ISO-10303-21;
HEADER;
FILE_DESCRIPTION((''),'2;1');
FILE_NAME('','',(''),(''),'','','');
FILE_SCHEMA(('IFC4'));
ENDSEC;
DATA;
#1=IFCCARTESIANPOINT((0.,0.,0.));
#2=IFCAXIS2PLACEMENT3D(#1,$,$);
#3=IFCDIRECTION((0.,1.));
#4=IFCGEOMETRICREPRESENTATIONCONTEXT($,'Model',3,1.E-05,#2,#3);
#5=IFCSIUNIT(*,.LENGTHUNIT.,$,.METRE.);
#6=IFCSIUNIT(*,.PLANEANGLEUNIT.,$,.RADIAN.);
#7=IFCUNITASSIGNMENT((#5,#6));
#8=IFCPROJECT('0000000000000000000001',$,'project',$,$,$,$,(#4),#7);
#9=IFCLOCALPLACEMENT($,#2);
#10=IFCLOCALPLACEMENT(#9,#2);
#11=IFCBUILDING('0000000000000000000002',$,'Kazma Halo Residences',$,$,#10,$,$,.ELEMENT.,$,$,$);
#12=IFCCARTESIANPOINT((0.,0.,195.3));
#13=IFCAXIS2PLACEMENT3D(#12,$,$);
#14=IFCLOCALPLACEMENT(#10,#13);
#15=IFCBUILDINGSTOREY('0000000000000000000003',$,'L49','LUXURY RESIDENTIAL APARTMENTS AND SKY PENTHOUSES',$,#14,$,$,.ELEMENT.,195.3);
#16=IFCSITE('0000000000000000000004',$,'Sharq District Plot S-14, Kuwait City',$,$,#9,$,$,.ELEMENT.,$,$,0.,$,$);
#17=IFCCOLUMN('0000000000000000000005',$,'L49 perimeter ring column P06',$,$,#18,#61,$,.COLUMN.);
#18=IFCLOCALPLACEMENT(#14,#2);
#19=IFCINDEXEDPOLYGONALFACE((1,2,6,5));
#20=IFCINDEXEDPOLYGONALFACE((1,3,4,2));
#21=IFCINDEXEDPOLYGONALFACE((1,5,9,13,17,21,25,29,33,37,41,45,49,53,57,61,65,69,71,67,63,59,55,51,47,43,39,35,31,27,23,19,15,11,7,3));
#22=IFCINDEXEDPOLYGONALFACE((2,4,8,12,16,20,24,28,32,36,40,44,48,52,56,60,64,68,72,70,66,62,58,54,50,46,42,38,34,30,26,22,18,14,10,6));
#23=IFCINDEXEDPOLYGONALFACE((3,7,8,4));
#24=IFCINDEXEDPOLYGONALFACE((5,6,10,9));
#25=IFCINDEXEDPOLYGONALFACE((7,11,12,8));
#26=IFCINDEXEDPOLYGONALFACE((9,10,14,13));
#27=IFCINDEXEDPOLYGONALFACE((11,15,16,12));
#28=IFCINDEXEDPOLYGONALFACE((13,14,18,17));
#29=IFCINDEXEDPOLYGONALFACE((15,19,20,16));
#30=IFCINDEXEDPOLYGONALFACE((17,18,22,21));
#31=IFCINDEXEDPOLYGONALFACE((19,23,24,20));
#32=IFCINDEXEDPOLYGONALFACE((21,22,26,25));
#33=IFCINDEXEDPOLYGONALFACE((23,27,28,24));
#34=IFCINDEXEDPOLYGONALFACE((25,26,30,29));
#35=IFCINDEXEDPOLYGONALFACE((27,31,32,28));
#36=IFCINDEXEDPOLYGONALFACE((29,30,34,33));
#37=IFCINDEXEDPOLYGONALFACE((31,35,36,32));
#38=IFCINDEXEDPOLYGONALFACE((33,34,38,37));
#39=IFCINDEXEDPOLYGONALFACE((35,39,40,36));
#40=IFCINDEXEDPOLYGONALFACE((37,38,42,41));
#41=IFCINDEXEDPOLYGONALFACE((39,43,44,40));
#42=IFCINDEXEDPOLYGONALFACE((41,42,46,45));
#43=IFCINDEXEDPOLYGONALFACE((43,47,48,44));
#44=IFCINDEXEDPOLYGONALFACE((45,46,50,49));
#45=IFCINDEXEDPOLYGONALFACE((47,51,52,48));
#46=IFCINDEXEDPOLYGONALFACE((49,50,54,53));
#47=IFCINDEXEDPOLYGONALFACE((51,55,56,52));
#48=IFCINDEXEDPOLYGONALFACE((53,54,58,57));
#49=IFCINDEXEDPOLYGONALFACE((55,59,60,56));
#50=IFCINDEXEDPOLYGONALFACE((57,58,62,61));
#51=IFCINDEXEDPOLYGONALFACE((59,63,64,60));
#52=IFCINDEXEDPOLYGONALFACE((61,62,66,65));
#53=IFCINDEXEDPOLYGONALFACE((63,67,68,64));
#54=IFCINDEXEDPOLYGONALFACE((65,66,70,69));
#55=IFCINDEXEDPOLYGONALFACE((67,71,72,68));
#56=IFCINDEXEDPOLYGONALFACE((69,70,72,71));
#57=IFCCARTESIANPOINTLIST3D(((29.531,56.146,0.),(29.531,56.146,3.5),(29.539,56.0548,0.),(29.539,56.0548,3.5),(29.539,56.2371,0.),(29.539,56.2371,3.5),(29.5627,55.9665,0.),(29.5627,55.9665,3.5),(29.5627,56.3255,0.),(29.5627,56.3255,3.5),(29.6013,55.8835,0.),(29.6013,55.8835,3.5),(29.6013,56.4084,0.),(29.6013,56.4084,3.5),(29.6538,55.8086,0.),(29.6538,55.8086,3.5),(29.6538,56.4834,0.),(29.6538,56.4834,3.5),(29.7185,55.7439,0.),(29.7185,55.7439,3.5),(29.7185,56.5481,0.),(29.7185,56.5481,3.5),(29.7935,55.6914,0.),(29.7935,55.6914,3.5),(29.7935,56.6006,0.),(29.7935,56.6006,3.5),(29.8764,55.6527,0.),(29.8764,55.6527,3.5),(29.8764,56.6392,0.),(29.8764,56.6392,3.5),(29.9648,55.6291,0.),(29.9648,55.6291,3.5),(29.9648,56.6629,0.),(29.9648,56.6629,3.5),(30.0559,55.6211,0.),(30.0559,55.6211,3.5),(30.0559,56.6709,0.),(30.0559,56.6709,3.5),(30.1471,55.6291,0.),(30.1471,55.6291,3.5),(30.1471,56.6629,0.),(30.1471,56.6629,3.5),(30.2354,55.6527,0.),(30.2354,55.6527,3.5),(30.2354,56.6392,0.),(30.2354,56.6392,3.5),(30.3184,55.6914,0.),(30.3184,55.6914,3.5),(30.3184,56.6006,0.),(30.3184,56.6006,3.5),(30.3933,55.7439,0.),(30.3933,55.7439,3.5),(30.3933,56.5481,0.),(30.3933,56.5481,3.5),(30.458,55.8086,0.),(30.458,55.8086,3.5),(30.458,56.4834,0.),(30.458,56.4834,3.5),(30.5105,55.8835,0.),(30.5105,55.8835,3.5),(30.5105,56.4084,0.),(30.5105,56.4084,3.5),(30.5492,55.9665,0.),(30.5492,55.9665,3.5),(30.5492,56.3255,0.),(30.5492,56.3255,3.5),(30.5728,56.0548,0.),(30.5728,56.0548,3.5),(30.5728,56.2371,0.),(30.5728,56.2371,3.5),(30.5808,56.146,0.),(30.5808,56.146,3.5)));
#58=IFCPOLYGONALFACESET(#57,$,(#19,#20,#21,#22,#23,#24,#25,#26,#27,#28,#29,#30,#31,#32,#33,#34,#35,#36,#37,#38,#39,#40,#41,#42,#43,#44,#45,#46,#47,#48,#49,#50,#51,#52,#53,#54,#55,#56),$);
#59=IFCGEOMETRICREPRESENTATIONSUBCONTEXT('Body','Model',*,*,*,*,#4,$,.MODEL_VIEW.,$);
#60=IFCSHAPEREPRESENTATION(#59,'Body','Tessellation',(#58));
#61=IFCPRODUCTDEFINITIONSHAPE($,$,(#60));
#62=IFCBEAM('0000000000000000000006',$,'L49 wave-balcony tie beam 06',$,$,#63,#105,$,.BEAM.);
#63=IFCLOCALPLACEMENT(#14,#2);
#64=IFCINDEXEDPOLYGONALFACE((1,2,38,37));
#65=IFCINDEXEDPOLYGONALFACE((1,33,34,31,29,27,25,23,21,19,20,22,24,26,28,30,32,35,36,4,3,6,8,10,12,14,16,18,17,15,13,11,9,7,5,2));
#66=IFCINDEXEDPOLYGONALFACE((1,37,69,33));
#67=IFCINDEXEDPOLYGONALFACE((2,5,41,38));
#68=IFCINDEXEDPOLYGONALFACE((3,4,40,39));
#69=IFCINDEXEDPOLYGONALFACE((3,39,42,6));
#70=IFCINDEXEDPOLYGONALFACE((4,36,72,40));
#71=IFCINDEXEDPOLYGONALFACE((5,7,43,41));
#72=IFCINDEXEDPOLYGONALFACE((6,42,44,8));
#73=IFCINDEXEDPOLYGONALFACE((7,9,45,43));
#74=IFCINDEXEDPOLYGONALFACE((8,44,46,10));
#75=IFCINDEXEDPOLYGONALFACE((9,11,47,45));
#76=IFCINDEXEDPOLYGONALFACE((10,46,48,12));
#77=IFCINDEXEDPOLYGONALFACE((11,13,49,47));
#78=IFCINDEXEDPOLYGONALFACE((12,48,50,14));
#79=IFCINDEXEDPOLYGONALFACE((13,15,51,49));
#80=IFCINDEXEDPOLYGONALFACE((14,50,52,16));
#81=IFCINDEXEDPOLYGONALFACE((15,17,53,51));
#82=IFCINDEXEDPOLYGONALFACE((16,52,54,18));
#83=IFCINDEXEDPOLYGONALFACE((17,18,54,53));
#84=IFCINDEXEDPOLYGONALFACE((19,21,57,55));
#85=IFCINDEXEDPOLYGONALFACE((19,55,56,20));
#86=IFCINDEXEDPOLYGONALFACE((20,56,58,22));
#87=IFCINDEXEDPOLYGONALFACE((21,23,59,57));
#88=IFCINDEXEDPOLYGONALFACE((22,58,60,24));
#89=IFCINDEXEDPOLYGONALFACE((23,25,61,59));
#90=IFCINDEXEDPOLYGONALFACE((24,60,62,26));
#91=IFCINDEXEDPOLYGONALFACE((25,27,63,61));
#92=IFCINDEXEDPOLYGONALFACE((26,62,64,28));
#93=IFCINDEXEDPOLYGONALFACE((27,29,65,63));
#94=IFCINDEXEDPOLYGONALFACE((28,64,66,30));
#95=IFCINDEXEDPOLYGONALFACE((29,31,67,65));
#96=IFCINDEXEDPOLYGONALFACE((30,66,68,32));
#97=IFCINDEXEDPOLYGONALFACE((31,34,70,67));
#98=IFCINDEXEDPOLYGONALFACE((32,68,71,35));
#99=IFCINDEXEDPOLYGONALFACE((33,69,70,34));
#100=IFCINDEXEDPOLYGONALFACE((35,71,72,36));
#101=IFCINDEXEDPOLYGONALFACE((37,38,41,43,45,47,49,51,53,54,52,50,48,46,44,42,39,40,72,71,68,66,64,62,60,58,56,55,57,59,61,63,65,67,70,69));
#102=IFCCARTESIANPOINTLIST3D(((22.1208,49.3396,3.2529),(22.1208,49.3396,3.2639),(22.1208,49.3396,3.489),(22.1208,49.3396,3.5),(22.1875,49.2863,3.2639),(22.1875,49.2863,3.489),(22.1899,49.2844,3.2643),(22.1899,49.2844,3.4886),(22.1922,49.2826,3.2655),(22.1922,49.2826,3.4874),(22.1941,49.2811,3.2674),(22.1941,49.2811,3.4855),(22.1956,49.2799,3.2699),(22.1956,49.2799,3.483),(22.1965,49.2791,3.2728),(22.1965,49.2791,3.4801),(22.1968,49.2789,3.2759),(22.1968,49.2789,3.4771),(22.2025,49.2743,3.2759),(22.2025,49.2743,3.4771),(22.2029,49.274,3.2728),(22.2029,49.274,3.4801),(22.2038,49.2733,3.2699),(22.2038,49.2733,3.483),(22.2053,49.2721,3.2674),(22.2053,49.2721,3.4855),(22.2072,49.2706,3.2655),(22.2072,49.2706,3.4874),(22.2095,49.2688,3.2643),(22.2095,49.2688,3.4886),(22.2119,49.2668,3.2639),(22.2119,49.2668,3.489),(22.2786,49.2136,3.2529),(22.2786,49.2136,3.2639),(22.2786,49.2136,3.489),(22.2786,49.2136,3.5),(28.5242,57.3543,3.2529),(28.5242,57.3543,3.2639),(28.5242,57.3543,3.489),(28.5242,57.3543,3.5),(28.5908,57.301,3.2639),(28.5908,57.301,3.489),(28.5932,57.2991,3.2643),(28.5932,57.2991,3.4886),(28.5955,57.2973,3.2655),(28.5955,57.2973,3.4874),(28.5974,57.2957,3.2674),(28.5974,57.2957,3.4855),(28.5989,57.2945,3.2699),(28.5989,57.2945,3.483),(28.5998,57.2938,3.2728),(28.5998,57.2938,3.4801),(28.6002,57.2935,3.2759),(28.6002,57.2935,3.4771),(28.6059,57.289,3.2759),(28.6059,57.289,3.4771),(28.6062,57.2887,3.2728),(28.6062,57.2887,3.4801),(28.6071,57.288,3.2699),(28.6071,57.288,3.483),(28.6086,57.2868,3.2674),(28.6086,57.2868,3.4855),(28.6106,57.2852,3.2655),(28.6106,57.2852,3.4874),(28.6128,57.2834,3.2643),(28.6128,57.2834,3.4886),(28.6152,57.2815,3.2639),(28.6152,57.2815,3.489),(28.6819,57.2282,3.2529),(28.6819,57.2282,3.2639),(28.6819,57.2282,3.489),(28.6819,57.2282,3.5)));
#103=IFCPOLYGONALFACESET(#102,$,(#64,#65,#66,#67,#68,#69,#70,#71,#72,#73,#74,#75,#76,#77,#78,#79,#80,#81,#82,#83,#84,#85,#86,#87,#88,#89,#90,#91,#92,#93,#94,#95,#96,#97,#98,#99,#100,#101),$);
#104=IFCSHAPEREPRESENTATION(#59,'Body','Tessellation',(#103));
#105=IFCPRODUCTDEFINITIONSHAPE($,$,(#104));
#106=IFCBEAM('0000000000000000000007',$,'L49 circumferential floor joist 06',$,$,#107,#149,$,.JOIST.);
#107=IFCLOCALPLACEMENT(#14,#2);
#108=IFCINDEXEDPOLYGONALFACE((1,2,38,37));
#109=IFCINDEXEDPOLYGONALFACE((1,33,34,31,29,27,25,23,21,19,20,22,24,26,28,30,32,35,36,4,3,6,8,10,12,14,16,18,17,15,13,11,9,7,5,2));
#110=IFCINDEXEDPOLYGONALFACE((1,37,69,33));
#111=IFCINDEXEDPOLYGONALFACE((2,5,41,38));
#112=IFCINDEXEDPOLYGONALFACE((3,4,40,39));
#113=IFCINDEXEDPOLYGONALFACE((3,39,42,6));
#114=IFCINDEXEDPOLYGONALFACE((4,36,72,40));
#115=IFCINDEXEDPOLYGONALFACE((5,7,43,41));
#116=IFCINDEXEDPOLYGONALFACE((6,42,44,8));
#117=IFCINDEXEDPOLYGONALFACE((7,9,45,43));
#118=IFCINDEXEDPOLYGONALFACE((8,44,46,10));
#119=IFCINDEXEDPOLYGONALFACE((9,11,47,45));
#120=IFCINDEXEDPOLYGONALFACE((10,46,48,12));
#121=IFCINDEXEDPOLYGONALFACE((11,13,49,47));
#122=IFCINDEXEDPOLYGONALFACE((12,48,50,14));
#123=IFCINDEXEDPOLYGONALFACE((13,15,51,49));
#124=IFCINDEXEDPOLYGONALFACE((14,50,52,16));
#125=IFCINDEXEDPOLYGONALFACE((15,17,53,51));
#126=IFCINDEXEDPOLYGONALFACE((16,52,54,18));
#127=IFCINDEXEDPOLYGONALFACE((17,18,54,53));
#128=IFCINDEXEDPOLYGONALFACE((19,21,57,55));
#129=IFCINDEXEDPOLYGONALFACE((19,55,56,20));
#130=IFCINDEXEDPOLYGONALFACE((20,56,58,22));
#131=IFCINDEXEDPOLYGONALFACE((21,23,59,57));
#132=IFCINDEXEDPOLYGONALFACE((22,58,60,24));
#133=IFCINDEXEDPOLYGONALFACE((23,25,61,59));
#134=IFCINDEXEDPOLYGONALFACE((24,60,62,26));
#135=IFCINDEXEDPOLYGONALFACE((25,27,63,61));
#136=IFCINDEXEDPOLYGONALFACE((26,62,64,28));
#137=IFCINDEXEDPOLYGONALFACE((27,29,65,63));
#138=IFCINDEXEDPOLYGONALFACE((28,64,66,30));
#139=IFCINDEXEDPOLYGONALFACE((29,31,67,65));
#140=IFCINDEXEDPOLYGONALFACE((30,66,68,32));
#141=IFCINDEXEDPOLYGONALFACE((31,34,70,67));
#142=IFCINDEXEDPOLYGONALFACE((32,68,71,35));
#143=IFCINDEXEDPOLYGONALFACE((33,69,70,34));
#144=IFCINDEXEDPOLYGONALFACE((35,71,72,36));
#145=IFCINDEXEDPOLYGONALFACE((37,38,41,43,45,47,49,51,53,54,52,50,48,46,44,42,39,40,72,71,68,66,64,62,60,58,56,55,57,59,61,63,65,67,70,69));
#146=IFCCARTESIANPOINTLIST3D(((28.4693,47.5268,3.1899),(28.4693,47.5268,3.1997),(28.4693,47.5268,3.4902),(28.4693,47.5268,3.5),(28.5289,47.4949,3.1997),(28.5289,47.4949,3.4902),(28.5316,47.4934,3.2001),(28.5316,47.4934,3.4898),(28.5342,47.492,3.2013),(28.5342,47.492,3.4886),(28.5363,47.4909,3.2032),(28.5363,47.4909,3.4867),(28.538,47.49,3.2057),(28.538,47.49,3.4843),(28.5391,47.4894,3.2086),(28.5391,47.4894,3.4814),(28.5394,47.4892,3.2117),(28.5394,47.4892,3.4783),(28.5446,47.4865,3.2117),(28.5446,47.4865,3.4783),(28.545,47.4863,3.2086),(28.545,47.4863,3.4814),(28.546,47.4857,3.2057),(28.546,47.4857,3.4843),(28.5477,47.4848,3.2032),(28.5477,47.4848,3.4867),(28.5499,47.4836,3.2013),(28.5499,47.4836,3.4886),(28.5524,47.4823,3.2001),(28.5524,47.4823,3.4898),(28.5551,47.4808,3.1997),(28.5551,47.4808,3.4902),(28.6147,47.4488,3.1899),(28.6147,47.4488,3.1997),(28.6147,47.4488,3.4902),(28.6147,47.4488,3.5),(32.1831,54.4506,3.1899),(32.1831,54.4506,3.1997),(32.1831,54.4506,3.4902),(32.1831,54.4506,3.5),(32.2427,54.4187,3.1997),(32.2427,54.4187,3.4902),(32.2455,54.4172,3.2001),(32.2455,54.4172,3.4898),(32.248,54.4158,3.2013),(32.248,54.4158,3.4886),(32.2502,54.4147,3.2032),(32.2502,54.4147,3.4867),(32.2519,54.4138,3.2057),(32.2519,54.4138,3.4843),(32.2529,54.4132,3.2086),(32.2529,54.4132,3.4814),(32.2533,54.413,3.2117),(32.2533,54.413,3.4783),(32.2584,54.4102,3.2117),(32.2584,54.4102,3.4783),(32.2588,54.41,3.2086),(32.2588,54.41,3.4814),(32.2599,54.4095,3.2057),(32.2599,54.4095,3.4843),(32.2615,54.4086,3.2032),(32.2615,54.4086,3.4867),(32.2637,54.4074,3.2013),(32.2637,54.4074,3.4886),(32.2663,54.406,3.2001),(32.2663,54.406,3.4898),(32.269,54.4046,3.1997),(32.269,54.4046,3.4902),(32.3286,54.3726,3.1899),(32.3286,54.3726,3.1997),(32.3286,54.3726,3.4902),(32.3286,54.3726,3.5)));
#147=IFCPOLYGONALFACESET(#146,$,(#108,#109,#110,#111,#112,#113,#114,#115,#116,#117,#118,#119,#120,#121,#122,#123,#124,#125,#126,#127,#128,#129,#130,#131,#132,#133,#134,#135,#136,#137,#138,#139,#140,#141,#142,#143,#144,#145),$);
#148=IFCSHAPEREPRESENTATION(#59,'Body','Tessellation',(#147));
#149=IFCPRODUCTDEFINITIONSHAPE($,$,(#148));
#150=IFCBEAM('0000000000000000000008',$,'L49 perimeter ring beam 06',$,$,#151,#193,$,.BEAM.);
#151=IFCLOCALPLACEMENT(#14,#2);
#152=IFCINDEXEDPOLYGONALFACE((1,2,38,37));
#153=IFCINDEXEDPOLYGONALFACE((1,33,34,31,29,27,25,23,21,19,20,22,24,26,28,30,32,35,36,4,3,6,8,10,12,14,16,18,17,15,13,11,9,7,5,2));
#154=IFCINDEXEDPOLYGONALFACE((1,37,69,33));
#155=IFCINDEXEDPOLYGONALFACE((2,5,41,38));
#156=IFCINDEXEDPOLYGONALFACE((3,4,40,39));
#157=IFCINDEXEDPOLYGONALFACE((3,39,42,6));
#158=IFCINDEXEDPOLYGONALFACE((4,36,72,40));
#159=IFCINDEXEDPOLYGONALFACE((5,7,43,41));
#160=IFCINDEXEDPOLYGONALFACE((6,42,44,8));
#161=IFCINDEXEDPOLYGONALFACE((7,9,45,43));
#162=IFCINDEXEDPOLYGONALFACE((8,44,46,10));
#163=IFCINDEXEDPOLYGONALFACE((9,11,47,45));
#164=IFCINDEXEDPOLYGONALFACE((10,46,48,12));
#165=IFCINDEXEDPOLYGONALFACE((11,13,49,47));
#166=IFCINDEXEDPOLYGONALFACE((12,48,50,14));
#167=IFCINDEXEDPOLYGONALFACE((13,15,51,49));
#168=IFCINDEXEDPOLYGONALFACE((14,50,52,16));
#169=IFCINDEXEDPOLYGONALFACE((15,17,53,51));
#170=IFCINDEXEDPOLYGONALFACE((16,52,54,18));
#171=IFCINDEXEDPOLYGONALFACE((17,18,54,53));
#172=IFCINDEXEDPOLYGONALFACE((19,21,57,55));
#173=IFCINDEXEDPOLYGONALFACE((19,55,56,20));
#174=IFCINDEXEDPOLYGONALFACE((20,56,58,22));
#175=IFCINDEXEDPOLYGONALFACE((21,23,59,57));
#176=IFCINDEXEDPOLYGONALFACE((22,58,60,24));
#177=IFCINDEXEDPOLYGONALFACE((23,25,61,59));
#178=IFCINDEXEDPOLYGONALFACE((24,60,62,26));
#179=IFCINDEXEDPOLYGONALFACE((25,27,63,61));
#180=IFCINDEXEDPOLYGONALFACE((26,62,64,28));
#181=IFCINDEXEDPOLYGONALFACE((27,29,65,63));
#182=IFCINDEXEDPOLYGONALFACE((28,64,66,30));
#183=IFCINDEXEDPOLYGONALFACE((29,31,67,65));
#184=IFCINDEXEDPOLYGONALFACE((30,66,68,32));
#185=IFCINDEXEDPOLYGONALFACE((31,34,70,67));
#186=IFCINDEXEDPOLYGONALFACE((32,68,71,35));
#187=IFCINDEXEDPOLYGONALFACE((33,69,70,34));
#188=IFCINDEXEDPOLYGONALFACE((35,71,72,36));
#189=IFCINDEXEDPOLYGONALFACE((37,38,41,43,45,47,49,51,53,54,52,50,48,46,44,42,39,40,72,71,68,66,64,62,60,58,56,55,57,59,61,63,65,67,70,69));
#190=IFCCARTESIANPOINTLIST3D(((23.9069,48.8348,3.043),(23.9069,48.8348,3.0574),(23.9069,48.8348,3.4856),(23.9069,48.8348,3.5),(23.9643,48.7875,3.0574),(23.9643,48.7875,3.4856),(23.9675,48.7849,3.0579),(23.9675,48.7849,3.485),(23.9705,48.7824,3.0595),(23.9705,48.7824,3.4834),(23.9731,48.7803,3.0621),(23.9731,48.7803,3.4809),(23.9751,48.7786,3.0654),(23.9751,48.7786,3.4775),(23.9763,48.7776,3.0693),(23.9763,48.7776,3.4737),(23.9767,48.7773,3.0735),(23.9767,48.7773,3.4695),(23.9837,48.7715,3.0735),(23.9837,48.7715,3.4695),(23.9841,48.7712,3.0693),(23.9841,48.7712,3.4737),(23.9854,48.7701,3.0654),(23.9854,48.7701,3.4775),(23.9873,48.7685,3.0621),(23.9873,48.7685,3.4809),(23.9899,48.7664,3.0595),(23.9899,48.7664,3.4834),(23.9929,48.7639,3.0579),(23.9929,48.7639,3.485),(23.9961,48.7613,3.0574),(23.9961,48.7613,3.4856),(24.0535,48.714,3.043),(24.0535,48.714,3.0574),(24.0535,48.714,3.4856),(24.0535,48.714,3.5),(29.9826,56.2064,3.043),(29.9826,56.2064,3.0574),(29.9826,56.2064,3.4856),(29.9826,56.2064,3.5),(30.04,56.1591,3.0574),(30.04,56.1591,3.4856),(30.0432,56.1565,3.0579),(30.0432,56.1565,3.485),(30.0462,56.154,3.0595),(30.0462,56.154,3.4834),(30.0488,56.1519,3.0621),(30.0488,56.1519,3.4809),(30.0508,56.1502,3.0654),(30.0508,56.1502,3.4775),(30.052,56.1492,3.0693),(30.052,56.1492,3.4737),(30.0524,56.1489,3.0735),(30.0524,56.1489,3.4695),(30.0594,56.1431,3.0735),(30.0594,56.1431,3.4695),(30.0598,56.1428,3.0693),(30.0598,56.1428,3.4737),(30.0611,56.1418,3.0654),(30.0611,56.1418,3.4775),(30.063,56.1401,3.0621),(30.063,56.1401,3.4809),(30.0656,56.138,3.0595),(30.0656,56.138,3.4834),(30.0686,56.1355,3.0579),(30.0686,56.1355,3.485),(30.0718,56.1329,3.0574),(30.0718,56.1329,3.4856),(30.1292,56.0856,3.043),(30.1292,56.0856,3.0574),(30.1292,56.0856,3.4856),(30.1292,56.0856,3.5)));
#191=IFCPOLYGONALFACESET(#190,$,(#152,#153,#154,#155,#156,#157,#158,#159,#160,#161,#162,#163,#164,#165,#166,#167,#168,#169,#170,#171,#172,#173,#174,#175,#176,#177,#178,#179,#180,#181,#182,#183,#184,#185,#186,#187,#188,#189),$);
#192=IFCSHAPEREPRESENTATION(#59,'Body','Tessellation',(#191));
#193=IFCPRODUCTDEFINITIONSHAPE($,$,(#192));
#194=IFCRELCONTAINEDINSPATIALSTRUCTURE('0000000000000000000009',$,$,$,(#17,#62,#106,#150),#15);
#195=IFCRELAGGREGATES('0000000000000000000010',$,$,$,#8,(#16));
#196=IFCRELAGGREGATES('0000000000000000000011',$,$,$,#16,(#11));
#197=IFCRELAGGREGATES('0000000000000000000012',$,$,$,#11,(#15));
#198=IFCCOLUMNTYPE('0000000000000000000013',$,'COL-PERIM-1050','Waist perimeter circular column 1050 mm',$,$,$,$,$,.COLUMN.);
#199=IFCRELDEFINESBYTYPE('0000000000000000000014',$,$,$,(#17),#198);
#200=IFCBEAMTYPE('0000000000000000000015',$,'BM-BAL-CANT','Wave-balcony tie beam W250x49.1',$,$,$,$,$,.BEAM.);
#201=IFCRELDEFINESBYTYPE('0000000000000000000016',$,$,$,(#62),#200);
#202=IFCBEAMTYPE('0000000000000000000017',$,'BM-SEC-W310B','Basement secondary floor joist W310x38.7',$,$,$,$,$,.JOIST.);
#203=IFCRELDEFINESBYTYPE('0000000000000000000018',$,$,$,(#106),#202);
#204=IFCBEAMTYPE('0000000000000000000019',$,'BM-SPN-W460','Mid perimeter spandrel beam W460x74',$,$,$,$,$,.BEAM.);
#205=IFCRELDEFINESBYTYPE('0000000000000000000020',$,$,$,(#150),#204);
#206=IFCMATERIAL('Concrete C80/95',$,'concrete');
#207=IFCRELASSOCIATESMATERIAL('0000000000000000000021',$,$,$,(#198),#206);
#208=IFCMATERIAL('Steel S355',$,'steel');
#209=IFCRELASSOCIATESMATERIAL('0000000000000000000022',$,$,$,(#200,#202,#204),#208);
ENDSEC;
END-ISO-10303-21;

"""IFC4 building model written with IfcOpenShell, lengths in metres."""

from ifc_helpers import new_model, si_unit, direction, frame, origin, origin_2d, place, context, subcontext, project, spatial, circle, i_section, extrude, material, material_profile, profile_set, type_object, element, save


model = new_model("IFC4")

# Units and contexts
model_context = context("Model", 3, precision=1e-05, world=origin(), true_north=direction((0.0, 1.0)))
body_context = subcontext(model_context, "Body", "Model", "MODEL_VIEW")
ifc_project = project(units=[si_unit("LENGTHUNIT", "METRE"), si_unit("PLANEANGLEUNIT", "RADIAN")], contexts=[model_context])

# Site, building, storey
site_placement = place(None, origin())
site = spatial("IfcSite", under=ifc_project, at=site_placement, Name="Sharq District Plot S-14, Kuwait City", CompositionType="ELEMENT", RefElevation=0.0)
building_placement = place(site_placement, origin())
building = spatial("IfcBuilding", under=site, at=building_placement, Name="Kazma Halo Residences", CompositionType="ELEMENT")
storey_placement = place(building_placement, frame((0.0, 0.0, 195.3)))
storey = spatial("IfcBuildingStorey", under=building, at=storey_placement, Name="L49", Description="LUXURY RESIDENTIAL APARTMENTS AND SKY PENTHOUSES", CompositionType="ELEMENT", Elevation=195.3)

# Column
ifc_material_1 = material(Name="Concrete C80/95", Category="concrete")
ifc_material_profile_1 = material_profile(ifc_material_1, circle(Radius=0.5249, at=origin_2d()), Name="CIRC1050")
ifc_profile_set_1 = profile_set([ifc_material_profile_1], Name="Concrete C80/95")
column_type = type_object("IfcColumnType", Name="COL-PERIM-1050", Description="Waist perimeter circular column 1050 mm", PredefinedType="COLUMN", material=ifc_profile_set_1)
column_placement = place(storey_placement, frame((30.0559, 56.146, 0.0), z_axis=(0.0, 0.0, 1.0), x_axis=(1.0, 0.0, 0.0)))
element("IfcColumn", 1, at=column_placement, inside=storey, type_object=column_type, Name="L49 perimeter ring column P06", PredefinedType="COLUMN", context=body_context, shape_type="SweptSolid", body=[
    extrude(circle(Radius=0.5249, at=origin_2d()), origin(), (0.0, 0.0, 1.0), 3.5),
])

# Beams
ifc_material_2 = material(Name="Steel S355", Category="steel")
ifc_material_profile_2 = material_profile(ifc_material_2, i_section(OverallWidth=0.2019, OverallDepth=0.2471, WebThickness=0.0073, FlangeThickness=0.011, FilletRadius=0.012, at=origin_2d()), Name="W250x49.1")
ifc_profile_set_2 = profile_set([ifc_material_profile_2], Name="Steel S355")
beam_type_1 = type_object("IfcBeamType", Name="BM-BAL-CANT", Description="Wave-balcony tie beam W250x49.1", PredefinedType="BEAM", material=ifc_profile_set_2)
beam_1_placement = place(storey_placement, frame((28.603, 57.2913, 3.3765), z_axis=(-0.624196, -0.781268, 0.0), x_axis=(0.781268, -0.624196, 0.0)))
element("IfcBeam", 2, at=beam_1_placement, inside=storey, type_object=beam_type_1, Name="L49 wave-balcony tie beam 06", PredefinedType="BEAM", context=body_context, shape_type="SweptSolid", body=[
    extrude(i_section(OverallWidth=0.2019, OverallDepth=0.2471, WebThickness=0.0073, FlangeThickness=0.011, FilletRadius=0.012, at=origin_2d()), origin(), (0.0, 0.0, 1.0), 10.2585),
])
ifc_material_profile_3 = material_profile(ifc_material_2, i_section(OverallWidth=0.165, OverallDepth=0.3101, WebThickness=0.0059, FlangeThickness=0.0098, FilletRadius=0.012, at=origin_2d()), Name="W310x38.7")
ifc_profile_set_3 = profile_set([ifc_material_profile_3], Name="Steel S355")
beam_type_2 = type_object("IfcBeamType", Name="BM-SEC-W310B", Description="Basement secondary floor joist W310x38.7", PredefinedType="JOIST", material=ifc_profile_set_3)
beam_2_placement = place(storey_placement, frame((32.2559, 54.4116, 3.345), z_axis=(-0.472684, -0.881232, 0.0), x_axis=(0.881232, -0.472684, 0.0)))
element("IfcBeam", 3, at=beam_2_placement, inside=storey, type_object=beam_type_2, Name="L49 circumferential floor joist 06", PredefinedType="JOIST", context=body_context, shape_type="SweptSolid", body=[
    extrude(i_section(OverallWidth=0.165, OverallDepth=0.3101, WebThickness=0.0059, FlangeThickness=0.0098, FilletRadius=0.012, at=origin_2d()), origin(), (0.0, 0.0, 1.0), 7.8569),
])
ifc_material_profile_4 = material_profile(ifc_material_2, i_section(OverallWidth=0.1899, OverallDepth=0.457, WebThickness=0.009, FlangeThickness=0.0144, FilletRadius=0.0161, at=origin_2d()), Name="W460x74")
ifc_profile_set_4 = profile_set([ifc_material_profile_4], Name="Steel S355")
beam_type_3 = type_object("IfcBeamType", Name="BM-SPN-W460", Description="Mid perimeter spandrel beam W460x74", PredefinedType="BEAM", material=ifc_profile_set_4)
beam_3_placement = place(storey_placement, frame((30.0559, 56.146, 3.2715), z_axis=(-0.636017, -0.771675, 0.0), x_axis=(0.771675, -0.636017, 0.0)))
element("IfcBeam", 4, at=beam_3_placement, inside=storey, type_object=beam_type_3, Name="L49 perimeter ring beam 06", PredefinedType="BEAM", context=body_context, shape_type="SweptSolid", body=[
    extrude(i_section(OverallWidth=0.1899, OverallDepth=0.457, WebThickness=0.009, FlangeThickness=0.0144, FilletRadius=0.0161, at=origin_2d()), origin(), (0.0, 0.0, 1.0), 9.5527),
])

save(model, "model.ifc")
